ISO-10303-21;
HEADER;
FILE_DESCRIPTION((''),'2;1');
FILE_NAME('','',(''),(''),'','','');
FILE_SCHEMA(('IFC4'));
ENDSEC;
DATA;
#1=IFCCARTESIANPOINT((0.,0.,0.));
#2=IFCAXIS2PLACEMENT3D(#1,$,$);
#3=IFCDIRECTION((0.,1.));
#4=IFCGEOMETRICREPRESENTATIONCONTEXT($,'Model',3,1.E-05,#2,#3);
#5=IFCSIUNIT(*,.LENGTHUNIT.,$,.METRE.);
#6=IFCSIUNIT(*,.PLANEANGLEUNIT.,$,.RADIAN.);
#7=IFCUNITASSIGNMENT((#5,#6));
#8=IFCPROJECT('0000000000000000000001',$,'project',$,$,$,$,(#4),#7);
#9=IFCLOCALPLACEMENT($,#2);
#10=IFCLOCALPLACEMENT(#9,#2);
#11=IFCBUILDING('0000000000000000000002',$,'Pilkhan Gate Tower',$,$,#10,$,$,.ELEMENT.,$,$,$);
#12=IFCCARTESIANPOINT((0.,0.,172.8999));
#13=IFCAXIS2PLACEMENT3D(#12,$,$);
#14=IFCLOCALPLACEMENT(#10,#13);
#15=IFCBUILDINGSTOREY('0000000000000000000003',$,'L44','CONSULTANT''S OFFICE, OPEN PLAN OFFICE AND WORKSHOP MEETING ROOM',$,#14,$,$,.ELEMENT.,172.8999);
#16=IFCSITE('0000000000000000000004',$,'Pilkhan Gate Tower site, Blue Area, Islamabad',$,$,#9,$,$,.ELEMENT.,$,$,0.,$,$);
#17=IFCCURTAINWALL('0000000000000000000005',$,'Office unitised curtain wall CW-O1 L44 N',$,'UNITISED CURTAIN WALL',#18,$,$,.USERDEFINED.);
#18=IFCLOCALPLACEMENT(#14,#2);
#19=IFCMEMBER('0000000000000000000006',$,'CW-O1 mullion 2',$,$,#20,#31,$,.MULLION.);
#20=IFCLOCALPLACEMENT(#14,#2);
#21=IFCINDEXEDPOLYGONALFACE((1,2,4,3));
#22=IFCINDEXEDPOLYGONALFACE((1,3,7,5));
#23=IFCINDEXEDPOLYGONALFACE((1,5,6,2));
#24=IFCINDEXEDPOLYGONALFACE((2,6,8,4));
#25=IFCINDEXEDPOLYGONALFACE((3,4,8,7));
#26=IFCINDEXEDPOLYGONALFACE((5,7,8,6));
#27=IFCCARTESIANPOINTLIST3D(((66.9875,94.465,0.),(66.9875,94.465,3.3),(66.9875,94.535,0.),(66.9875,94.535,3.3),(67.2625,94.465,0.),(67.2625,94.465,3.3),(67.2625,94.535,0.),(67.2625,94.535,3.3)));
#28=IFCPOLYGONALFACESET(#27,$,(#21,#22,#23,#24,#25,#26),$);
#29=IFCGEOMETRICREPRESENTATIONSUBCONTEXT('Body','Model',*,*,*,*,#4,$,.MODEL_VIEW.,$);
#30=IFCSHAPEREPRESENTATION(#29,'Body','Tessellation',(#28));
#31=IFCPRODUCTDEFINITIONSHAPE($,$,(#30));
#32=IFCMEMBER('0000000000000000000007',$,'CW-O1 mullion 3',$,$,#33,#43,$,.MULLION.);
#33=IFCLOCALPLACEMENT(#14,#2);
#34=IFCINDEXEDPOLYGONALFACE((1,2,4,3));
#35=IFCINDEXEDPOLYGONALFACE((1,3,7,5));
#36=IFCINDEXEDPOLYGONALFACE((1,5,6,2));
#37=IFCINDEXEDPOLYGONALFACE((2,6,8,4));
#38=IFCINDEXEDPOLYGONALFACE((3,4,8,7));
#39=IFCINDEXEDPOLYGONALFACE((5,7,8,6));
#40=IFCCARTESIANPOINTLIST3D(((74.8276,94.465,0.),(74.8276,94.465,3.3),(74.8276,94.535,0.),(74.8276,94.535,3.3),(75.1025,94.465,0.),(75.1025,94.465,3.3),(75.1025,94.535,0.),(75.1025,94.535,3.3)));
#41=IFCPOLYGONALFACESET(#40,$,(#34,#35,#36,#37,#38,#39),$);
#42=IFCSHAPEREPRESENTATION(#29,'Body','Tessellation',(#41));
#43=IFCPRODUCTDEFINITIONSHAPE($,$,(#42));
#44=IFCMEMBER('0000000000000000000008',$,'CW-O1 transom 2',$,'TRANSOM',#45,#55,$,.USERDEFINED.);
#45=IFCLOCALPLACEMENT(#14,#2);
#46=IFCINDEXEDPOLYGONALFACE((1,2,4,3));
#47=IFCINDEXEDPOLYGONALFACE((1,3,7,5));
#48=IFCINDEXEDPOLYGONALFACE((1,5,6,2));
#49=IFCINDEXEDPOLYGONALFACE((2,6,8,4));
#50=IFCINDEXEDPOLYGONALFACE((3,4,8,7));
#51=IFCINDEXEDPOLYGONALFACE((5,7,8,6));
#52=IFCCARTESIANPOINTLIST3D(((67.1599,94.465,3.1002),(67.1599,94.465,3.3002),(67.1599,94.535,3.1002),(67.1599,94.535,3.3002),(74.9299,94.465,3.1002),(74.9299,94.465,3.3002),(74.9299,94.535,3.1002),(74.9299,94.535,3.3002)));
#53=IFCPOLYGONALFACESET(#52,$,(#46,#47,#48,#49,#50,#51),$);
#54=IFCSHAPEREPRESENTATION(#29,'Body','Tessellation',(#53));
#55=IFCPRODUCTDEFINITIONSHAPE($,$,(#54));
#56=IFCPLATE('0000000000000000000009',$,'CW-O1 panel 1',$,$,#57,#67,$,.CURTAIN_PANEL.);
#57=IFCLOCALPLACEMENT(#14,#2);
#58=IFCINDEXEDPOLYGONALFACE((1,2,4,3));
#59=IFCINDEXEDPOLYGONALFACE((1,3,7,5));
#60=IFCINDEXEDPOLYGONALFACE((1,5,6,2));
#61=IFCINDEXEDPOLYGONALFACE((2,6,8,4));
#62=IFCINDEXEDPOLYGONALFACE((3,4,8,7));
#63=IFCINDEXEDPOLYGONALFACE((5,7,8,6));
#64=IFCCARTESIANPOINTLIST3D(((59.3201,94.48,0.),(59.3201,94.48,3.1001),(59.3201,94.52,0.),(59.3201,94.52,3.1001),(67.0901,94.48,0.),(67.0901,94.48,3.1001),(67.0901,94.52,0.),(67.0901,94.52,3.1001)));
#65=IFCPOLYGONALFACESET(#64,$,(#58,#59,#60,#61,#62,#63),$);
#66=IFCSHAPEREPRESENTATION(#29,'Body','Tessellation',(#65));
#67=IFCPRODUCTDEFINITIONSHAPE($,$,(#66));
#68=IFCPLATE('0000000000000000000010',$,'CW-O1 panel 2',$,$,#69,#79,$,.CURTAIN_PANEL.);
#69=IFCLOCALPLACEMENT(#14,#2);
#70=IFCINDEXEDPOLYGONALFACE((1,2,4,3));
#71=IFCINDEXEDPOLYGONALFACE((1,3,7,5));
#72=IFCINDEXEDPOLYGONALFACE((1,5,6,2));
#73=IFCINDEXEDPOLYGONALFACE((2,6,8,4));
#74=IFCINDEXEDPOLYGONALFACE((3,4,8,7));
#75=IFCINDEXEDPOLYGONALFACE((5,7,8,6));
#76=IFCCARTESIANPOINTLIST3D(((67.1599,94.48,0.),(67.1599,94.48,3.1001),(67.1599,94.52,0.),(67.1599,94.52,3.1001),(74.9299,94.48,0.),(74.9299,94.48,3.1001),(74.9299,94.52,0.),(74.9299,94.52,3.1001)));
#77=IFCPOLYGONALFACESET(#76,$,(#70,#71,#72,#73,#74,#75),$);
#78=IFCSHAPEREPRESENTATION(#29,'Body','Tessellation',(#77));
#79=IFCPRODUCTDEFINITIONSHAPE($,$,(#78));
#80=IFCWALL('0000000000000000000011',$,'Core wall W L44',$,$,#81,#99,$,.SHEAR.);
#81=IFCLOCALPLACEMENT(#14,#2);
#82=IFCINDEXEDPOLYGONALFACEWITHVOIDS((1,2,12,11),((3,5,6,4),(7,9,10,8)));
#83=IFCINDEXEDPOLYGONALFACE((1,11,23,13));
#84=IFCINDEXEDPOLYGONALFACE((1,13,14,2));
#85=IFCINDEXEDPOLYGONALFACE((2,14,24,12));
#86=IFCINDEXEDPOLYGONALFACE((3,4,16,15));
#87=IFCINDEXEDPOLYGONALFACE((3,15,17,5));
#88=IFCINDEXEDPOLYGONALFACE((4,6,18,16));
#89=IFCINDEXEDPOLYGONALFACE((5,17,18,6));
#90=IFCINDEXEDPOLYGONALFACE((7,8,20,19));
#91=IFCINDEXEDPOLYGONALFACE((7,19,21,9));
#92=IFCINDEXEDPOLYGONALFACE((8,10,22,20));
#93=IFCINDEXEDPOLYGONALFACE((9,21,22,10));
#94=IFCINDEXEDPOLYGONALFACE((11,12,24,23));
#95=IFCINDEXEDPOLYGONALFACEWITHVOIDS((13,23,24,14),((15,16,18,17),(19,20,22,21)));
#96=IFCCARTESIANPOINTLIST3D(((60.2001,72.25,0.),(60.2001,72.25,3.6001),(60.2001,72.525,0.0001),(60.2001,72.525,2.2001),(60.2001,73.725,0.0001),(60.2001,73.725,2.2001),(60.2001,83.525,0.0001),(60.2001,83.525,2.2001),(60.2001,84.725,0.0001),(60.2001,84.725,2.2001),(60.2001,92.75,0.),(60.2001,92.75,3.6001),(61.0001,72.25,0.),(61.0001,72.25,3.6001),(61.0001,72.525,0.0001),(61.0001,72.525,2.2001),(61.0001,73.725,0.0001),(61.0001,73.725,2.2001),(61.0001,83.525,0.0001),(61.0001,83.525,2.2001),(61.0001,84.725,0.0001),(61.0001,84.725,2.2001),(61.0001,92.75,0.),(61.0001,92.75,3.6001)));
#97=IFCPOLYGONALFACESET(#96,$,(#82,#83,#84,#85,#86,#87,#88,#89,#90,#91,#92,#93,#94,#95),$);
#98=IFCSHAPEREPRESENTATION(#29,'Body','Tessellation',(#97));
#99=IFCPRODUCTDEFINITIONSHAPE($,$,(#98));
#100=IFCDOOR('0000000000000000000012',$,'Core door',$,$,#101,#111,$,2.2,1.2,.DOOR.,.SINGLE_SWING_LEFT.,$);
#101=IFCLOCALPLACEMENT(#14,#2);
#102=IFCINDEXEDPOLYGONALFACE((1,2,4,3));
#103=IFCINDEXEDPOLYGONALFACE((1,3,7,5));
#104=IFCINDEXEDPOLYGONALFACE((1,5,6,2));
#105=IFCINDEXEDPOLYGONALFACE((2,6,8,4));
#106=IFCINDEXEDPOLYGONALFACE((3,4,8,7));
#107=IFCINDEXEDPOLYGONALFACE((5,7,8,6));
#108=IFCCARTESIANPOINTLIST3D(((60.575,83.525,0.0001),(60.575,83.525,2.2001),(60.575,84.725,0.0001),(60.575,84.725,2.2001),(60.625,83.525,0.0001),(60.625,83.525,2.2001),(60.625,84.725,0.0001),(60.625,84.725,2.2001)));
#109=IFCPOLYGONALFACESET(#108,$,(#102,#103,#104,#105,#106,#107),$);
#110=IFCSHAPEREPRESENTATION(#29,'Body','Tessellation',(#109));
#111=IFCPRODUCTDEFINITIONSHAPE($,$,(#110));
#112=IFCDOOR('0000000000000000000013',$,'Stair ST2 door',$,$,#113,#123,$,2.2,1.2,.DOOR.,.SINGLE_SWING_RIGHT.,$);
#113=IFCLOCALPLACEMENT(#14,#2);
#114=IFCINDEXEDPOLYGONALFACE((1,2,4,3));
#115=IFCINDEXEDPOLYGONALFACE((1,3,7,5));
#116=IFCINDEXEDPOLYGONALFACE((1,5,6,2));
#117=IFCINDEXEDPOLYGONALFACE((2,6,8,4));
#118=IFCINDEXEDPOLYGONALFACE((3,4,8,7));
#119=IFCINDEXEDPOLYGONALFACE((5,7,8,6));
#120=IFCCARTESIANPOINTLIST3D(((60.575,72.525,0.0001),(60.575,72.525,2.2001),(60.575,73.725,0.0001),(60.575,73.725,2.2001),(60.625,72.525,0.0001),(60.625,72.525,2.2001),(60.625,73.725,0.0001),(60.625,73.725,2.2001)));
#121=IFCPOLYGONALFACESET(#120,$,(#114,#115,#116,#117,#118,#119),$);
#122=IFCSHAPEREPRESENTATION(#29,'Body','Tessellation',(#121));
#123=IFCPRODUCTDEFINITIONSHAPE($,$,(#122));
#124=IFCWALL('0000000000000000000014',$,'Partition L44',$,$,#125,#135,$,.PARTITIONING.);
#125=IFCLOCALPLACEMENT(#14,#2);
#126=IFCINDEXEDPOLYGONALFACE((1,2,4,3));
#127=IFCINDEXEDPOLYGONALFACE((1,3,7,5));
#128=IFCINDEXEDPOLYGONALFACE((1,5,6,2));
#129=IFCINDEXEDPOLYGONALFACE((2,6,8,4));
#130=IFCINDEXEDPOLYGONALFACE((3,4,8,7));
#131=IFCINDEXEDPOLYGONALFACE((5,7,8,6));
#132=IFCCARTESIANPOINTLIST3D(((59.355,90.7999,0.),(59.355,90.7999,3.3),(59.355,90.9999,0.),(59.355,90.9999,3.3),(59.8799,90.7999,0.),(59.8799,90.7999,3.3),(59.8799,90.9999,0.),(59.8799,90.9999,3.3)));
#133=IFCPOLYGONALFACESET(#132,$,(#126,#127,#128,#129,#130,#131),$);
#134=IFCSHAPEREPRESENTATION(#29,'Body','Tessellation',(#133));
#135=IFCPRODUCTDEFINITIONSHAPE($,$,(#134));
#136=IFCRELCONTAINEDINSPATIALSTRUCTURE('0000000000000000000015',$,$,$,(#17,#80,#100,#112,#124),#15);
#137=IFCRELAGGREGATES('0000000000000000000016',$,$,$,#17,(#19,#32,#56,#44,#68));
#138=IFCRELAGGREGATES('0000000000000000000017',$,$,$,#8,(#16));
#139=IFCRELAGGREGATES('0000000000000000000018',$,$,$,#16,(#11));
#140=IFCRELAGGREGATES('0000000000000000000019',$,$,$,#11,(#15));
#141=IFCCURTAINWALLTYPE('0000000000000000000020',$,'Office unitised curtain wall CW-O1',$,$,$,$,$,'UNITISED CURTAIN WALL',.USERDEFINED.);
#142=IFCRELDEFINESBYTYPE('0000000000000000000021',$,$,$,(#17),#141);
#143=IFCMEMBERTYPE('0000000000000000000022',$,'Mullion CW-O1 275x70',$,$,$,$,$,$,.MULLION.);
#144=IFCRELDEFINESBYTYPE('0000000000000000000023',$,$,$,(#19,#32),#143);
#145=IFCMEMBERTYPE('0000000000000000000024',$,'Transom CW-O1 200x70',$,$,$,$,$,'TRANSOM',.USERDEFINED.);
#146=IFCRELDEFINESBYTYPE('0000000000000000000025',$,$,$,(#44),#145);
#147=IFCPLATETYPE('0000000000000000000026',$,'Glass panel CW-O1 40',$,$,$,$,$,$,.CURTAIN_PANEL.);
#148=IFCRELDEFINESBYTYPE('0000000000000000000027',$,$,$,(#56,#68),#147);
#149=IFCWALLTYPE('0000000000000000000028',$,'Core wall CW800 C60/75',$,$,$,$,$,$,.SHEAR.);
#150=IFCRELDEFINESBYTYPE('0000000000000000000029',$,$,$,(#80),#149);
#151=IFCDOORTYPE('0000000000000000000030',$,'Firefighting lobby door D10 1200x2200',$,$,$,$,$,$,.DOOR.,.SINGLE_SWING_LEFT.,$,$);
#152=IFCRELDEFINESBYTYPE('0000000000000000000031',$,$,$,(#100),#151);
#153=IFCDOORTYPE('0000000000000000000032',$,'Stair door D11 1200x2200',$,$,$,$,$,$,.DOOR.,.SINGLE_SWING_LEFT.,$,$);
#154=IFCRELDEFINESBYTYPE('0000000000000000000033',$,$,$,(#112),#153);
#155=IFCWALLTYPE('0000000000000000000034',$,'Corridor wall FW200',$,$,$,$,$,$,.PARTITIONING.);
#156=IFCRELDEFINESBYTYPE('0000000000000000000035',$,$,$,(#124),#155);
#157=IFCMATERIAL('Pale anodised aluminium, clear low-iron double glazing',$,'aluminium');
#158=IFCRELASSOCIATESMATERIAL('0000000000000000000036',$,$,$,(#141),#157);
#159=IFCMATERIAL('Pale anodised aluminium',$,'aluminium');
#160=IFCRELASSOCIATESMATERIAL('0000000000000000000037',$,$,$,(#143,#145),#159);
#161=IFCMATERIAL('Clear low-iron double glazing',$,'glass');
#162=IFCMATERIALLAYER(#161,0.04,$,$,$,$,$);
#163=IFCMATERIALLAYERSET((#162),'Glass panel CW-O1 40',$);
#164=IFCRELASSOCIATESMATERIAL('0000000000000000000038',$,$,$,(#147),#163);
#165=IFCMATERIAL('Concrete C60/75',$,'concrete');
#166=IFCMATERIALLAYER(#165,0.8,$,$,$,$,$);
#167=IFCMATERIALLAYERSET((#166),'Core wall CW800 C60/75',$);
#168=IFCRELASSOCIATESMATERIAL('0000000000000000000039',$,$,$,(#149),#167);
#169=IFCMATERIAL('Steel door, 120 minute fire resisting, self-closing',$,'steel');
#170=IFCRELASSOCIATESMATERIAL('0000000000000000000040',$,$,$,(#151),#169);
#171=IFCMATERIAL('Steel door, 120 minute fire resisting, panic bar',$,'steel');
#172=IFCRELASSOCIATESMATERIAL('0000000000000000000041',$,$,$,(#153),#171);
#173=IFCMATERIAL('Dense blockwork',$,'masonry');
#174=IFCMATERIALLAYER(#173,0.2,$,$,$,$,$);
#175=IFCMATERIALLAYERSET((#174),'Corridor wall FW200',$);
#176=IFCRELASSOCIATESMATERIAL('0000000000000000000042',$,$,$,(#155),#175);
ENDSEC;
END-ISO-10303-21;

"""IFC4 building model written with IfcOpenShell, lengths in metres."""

from ifc_helpers import new_model, si_unit, direction, frame, frame_2d, origin, origin_2d, place, context, subcontext, project, spatial, rectangle, extrude, material, layer, layer_set, material_profile, profile_set, type_object, element, fill, aggregate, save


model = new_model("IFC4")

# Units and contexts
model_context = context("Model", 3, precision=1e-05, world=origin(), true_north=direction((0.0, 1.0)))
body_context = subcontext(model_context, "Body", "Model", "MODEL_VIEW")
ifc_project = project(units=[si_unit("LENGTHUNIT", "METRE"), si_unit("PLANEANGLEUNIT", "RADIAN")], contexts=[model_context])

# Site, building, storey
site_placement = place(None, origin())
site = spatial("IfcSite", under=ifc_project, at=site_placement, Name="Pilkhan Gate Tower site, Blue Area, Islamabad", CompositionType="ELEMENT", RefElevation=0.0)
building_placement = place(site_placement, origin())
building = spatial("IfcBuilding", under=site, at=building_placement, Name="Pilkhan Gate Tower", CompositionType="ELEMENT")
storey_placement = place(building_placement, frame((0.0, 0.0, 172.8999)))
storey = spatial("IfcBuildingStorey", under=building, at=storey_placement, Name="L44", Description="CONSULTANT'S OFFICE, OPEN PLAN OFFICE AND WORKSHOP MEETING ROOM", CompositionType="ELEMENT", Elevation=172.8999)

# Curtain wall, members, plates
ifc_material_1 = material(Name="Pale anodised aluminium, clear low-iron double glazing", Category="aluminium")
curtain_wall_type = type_object("IfcCurtainWallType", Name="Office unitised curtain wall CW-O1", ElementType="UNITISED CURTAIN WALL", PredefinedType="USERDEFINED", material=ifc_material_1)
curtain_wall_placement = place(storey_placement, origin())
curtain_wall = element("IfcCurtainWall", 1, at=curtain_wall_placement, inside=storey, type_object=curtain_wall_type, Name="Office unitised curtain wall CW-O1 L44 N", ObjectType="UNITISED CURTAIN WALL", PredefinedType="USERDEFINED")
ifc_material_2 = material(Name="Pale anodised aluminium", Category="aluminium")
ifc_material_profile_1 = material_profile(ifc_material_2, rectangle(XDim=0.0701, YDim=0.2749, at=origin_2d()), Name="Mullion 275x70")
ifc_profile_set_1 = profile_set([ifc_material_profile_1], Name="Pale anodised aluminium")
member_type_1 = type_object("IfcMemberType", Name="Mullion CW-O1 275x70", PredefinedType="MULLION", material=ifc_profile_set_1)
member_1_placement = place(storey_placement, frame((67.125, 94.5, 0.0), z_axis=(0.0, 0.0, 1.0), x_axis=(0.0, 1.0, 0.0)))
member_1 = element("IfcMember", 2, at=member_1_placement, type_object=member_type_1, Name="CW-O1 mullion 2", PredefinedType="MULLION", context=body_context, shape_type="SweptSolid", body=[
    extrude(rectangle(XDim=0.0701, YDim=0.2749, at=origin_2d()), origin(), (0.0, 0.0, 1.0), 3.3),
])
member_2_placement = place(storey_placement, frame((74.9651, 94.5, 0.0), z_axis=(0.0, 0.0, 1.0), x_axis=(0.0, 1.0, 0.0)))
member_2 = element("IfcMember", 3, at=member_2_placement, type_object=member_type_1, Name="CW-O1 mullion 3", PredefinedType="MULLION", context=body_context, shape_type="SweptSolid", body=[
    extrude(rectangle(XDim=0.0701, YDim=0.2749, at=origin_2d()), origin(), (0.0, 0.0, 1.0), 3.3),
])
ifc_material_profile_2 = material_profile(ifc_material_2, rectangle(XDim=0.0701, YDim=0.2, at=origin_2d()), Name="Transom 200x70")
ifc_profile_set_2 = profile_set([ifc_material_profile_2], Name="Pale anodised aluminium")
member_type_2 = type_object("IfcMemberType", Name="Transom CW-O1 200x70", ElementType="TRANSOM", PredefinedType="USERDEFINED", material=ifc_profile_set_2)
member_3_placement = place(storey_placement, frame((67.1599, 94.5, 3.2002), z_axis=(1.0, 0.0, 0.0), x_axis=(0.0, 1.0, 0.0)))
member_3 = element("IfcMember", 4, at=member_3_placement, type_object=member_type_2, Name="CW-O1 transom 2", ObjectType="TRANSOM", PredefinedType="USERDEFINED", context=body_context, shape_type="SweptSolid", body=[
    extrude(rectangle(XDim=0.0701, YDim=0.2, at=origin_2d()), origin(), (0.0, 0.0, 1.0), 7.77),
])
ifc_material_3 = material(Name="Clear low-iron double glazing", Category="glass")
ifc_layer_1 = layer(ifc_material_3, 0.04)
ifc_layer_set_1 = layer_set([ifc_layer_1], Name="Glass panel CW-O1 40")
plate_type = type_object("IfcPlateType", Name="Glass panel CW-O1 40", PredefinedType="CURTAIN_PANEL", material=ifc_layer_set_1)
plate_1_placement = place(storey_placement, frame((63.2051, 94.5, 0.0), z_axis=(0.0, 0.0, 1.0), x_axis=(1.0, 0.0, 0.0)))
plate_1 = element("IfcPlate", 5, at=plate_1_placement, type_object=plate_type, Name="CW-O1 panel 1", PredefinedType="CURTAIN_PANEL", context=body_context, shape_type="SweptSolid", body=[
    extrude(rectangle(XDim=7.77, YDim=0.04, at=origin_2d()), origin(), (0.0, 0.0, 1.0), 3.1001),
])
plate_2_placement = place(storey_placement, frame((71.0449, 94.5, 0.0), z_axis=(0.0, 0.0, 1.0), x_axis=(1.0, 0.0, 0.0)))
plate_2 = element("IfcPlate", 6, at=plate_2_placement, type_object=plate_type, Name="CW-O1 panel 2", PredefinedType="CURTAIN_PANEL", context=body_context, shape_type="SweptSolid", body=[
    extrude(rectangle(XDim=7.77, YDim=0.04, at=origin_2d()), origin(), (0.0, 0.0, 1.0), 3.1001),
])
aggregate(curtain_wall, [member_1, member_2, plate_1, member_3, plate_2])

# Wall, openings, doors
ifc_material_4 = material(Name="Concrete C60/75", Category="concrete")
ifc_layer_2 = layer(ifc_material_4, 0.8)
ifc_layer_set_2 = layer_set([ifc_layer_2], Name="Core wall CW800 C60/75")
wall_type_1 = type_object("IfcWallType", Name="Core wall CW800 C60/75", PredefinedType="SHEAR", material=ifc_layer_set_2)
wall_1_placement = place(storey_placement, frame((60.6001, 92.75, 0.0), z_axis=(0.0, 0.0, 1.0), x_axis=(0.0, -1.0, 0.0)))
wall_1 = element("IfcWall", 7, at=wall_1_placement, inside=storey, type_object=wall_type_1, Name="Core wall W L44", PredefinedType="SHEAR", context=body_context, shape_type="SweptSolid", body=[
    extrude(rectangle(XDim=20.5, YDim=0.8, at=frame_2d((10.25, 0.0))), origin(), (0.0, 0.0, 1.0), 3.6001),
])
opening_1_placement = place(wall_1_placement, frame((19.0249, 0.0, 0.0)))
opening_1 = element("IfcOpeningElement", 8, at=opening_1_placement, cuts=wall_1, PredefinedType="OPENING", context=body_context, shape_type="SweptSolid", body=[
    extrude(rectangle(XDim=1.2, YDim=2.2, at=frame_2d((0.6001, 1.1001))), frame((0.0, 0.4099, 0.0), z_axis=(0.0, -1.0, 0.0), x_axis=(1.0, 0.0, 0.0)), (0.0, 0.0, 1.0), 0.8201),
])
opening_2_placement = place(wall_1_placement, frame((8.0249, 0.0, 0.0)))
opening_2 = element("IfcOpeningElement", 9, at=opening_2_placement, cuts=wall_1, PredefinedType="OPENING", context=body_context, shape_type="SweptSolid", body=[
    extrude(rectangle(XDim=1.2, YDim=2.2, at=frame_2d((0.6001, 1.1001))), frame((0.0, 0.4099, 0.0), z_axis=(0.0, -1.0, 0.0), x_axis=(1.0, 0.0, 0.0)), (0.0, 0.0, 1.0), 0.8201),
])
ifc_material_5 = material(Name="Steel door, 120 minute fire resisting, self-closing", Category="steel")
door_type_1 = type_object("IfcDoorType", Name="Firefighting lobby door D10 1200x2200", OperationType="SINGLE_SWING_LEFT", PredefinedType="DOOR", material=ifc_material_5)
door_1_placement = place(opening_2_placement, origin())
door_1 = element("IfcDoor", 10, at=door_1_placement, inside=storey, type_object=door_type_1, Name="Core door", OperationType="SINGLE_SWING_LEFT", OverallHeight=2.2, OverallWidth=1.2, PredefinedType="DOOR", context=body_context, shape_type="SweptSolid", body=[
    extrude(rectangle(XDim=1.2, YDim=2.2, at=frame_2d((0.6001, 1.1001))), frame((0.0, 0.0249, 0.0), z_axis=(0.0, -1.0, 0.0), x_axis=(1.0, 0.0, 0.0)), (0.0, 0.0, 1.0), 0.05),
])
fill(opening_2, door_1)
ifc_material_6 = material(Name="Steel door, 120 minute fire resisting, panic bar", Category="steel")
door_type_2 = type_object("IfcDoorType", Name="Stair door D11 1200x2200", OperationType="SINGLE_SWING_LEFT", PredefinedType="DOOR", material=ifc_material_6)
door_2_placement = place(opening_1_placement, origin())
door_2 = element("IfcDoor", 11, at=door_2_placement, inside=storey, type_object=door_type_2, Name="Stair ST2 door", OperationType="SINGLE_SWING_RIGHT", OverallHeight=2.2, OverallWidth=1.2, PredefinedType="DOOR", context=body_context, shape_type="SweptSolid", body=[
    extrude(rectangle(XDim=1.2, YDim=2.2, at=frame_2d((0.6001, 1.1001))), frame((0.0, 0.0249, 0.0), z_axis=(0.0, -1.0, 0.0), x_axis=(1.0, 0.0, 0.0)), (0.0, 0.0, 1.0), 0.05),
])
fill(opening_1, door_2)

# Wall
ifc_material_7 = material(Name="Dense blockwork", Category="masonry")
ifc_layer_3 = layer(ifc_material_7, 0.2)
ifc_layer_set_3 = layer_set([ifc_layer_3], Name="Corridor wall FW200")
wall_type_2 = type_object("IfcWallType", Name="Corridor wall FW200", PredefinedType="PARTITIONING", material=ifc_layer_set_3)
wall_2_placement = place(storey_placement, frame((59.355, 90.8999, 0.0), z_axis=(0.0, 0.0, 1.0), x_axis=(1.0, 0.0, 0.0)))
element("IfcWall", 12, at=wall_2_placement, inside=storey, type_object=wall_type_2, Name="Partition L44", PredefinedType="PARTITIONING", context=body_context, shape_type="SweptSolid", body=[
    extrude(rectangle(XDim=0.5249, YDim=0.2, at=frame_2d((0.2625, 0.0))), origin(), (0.0, 0.0, 1.0), 3.3),
])

save(model, "model.ifc")
